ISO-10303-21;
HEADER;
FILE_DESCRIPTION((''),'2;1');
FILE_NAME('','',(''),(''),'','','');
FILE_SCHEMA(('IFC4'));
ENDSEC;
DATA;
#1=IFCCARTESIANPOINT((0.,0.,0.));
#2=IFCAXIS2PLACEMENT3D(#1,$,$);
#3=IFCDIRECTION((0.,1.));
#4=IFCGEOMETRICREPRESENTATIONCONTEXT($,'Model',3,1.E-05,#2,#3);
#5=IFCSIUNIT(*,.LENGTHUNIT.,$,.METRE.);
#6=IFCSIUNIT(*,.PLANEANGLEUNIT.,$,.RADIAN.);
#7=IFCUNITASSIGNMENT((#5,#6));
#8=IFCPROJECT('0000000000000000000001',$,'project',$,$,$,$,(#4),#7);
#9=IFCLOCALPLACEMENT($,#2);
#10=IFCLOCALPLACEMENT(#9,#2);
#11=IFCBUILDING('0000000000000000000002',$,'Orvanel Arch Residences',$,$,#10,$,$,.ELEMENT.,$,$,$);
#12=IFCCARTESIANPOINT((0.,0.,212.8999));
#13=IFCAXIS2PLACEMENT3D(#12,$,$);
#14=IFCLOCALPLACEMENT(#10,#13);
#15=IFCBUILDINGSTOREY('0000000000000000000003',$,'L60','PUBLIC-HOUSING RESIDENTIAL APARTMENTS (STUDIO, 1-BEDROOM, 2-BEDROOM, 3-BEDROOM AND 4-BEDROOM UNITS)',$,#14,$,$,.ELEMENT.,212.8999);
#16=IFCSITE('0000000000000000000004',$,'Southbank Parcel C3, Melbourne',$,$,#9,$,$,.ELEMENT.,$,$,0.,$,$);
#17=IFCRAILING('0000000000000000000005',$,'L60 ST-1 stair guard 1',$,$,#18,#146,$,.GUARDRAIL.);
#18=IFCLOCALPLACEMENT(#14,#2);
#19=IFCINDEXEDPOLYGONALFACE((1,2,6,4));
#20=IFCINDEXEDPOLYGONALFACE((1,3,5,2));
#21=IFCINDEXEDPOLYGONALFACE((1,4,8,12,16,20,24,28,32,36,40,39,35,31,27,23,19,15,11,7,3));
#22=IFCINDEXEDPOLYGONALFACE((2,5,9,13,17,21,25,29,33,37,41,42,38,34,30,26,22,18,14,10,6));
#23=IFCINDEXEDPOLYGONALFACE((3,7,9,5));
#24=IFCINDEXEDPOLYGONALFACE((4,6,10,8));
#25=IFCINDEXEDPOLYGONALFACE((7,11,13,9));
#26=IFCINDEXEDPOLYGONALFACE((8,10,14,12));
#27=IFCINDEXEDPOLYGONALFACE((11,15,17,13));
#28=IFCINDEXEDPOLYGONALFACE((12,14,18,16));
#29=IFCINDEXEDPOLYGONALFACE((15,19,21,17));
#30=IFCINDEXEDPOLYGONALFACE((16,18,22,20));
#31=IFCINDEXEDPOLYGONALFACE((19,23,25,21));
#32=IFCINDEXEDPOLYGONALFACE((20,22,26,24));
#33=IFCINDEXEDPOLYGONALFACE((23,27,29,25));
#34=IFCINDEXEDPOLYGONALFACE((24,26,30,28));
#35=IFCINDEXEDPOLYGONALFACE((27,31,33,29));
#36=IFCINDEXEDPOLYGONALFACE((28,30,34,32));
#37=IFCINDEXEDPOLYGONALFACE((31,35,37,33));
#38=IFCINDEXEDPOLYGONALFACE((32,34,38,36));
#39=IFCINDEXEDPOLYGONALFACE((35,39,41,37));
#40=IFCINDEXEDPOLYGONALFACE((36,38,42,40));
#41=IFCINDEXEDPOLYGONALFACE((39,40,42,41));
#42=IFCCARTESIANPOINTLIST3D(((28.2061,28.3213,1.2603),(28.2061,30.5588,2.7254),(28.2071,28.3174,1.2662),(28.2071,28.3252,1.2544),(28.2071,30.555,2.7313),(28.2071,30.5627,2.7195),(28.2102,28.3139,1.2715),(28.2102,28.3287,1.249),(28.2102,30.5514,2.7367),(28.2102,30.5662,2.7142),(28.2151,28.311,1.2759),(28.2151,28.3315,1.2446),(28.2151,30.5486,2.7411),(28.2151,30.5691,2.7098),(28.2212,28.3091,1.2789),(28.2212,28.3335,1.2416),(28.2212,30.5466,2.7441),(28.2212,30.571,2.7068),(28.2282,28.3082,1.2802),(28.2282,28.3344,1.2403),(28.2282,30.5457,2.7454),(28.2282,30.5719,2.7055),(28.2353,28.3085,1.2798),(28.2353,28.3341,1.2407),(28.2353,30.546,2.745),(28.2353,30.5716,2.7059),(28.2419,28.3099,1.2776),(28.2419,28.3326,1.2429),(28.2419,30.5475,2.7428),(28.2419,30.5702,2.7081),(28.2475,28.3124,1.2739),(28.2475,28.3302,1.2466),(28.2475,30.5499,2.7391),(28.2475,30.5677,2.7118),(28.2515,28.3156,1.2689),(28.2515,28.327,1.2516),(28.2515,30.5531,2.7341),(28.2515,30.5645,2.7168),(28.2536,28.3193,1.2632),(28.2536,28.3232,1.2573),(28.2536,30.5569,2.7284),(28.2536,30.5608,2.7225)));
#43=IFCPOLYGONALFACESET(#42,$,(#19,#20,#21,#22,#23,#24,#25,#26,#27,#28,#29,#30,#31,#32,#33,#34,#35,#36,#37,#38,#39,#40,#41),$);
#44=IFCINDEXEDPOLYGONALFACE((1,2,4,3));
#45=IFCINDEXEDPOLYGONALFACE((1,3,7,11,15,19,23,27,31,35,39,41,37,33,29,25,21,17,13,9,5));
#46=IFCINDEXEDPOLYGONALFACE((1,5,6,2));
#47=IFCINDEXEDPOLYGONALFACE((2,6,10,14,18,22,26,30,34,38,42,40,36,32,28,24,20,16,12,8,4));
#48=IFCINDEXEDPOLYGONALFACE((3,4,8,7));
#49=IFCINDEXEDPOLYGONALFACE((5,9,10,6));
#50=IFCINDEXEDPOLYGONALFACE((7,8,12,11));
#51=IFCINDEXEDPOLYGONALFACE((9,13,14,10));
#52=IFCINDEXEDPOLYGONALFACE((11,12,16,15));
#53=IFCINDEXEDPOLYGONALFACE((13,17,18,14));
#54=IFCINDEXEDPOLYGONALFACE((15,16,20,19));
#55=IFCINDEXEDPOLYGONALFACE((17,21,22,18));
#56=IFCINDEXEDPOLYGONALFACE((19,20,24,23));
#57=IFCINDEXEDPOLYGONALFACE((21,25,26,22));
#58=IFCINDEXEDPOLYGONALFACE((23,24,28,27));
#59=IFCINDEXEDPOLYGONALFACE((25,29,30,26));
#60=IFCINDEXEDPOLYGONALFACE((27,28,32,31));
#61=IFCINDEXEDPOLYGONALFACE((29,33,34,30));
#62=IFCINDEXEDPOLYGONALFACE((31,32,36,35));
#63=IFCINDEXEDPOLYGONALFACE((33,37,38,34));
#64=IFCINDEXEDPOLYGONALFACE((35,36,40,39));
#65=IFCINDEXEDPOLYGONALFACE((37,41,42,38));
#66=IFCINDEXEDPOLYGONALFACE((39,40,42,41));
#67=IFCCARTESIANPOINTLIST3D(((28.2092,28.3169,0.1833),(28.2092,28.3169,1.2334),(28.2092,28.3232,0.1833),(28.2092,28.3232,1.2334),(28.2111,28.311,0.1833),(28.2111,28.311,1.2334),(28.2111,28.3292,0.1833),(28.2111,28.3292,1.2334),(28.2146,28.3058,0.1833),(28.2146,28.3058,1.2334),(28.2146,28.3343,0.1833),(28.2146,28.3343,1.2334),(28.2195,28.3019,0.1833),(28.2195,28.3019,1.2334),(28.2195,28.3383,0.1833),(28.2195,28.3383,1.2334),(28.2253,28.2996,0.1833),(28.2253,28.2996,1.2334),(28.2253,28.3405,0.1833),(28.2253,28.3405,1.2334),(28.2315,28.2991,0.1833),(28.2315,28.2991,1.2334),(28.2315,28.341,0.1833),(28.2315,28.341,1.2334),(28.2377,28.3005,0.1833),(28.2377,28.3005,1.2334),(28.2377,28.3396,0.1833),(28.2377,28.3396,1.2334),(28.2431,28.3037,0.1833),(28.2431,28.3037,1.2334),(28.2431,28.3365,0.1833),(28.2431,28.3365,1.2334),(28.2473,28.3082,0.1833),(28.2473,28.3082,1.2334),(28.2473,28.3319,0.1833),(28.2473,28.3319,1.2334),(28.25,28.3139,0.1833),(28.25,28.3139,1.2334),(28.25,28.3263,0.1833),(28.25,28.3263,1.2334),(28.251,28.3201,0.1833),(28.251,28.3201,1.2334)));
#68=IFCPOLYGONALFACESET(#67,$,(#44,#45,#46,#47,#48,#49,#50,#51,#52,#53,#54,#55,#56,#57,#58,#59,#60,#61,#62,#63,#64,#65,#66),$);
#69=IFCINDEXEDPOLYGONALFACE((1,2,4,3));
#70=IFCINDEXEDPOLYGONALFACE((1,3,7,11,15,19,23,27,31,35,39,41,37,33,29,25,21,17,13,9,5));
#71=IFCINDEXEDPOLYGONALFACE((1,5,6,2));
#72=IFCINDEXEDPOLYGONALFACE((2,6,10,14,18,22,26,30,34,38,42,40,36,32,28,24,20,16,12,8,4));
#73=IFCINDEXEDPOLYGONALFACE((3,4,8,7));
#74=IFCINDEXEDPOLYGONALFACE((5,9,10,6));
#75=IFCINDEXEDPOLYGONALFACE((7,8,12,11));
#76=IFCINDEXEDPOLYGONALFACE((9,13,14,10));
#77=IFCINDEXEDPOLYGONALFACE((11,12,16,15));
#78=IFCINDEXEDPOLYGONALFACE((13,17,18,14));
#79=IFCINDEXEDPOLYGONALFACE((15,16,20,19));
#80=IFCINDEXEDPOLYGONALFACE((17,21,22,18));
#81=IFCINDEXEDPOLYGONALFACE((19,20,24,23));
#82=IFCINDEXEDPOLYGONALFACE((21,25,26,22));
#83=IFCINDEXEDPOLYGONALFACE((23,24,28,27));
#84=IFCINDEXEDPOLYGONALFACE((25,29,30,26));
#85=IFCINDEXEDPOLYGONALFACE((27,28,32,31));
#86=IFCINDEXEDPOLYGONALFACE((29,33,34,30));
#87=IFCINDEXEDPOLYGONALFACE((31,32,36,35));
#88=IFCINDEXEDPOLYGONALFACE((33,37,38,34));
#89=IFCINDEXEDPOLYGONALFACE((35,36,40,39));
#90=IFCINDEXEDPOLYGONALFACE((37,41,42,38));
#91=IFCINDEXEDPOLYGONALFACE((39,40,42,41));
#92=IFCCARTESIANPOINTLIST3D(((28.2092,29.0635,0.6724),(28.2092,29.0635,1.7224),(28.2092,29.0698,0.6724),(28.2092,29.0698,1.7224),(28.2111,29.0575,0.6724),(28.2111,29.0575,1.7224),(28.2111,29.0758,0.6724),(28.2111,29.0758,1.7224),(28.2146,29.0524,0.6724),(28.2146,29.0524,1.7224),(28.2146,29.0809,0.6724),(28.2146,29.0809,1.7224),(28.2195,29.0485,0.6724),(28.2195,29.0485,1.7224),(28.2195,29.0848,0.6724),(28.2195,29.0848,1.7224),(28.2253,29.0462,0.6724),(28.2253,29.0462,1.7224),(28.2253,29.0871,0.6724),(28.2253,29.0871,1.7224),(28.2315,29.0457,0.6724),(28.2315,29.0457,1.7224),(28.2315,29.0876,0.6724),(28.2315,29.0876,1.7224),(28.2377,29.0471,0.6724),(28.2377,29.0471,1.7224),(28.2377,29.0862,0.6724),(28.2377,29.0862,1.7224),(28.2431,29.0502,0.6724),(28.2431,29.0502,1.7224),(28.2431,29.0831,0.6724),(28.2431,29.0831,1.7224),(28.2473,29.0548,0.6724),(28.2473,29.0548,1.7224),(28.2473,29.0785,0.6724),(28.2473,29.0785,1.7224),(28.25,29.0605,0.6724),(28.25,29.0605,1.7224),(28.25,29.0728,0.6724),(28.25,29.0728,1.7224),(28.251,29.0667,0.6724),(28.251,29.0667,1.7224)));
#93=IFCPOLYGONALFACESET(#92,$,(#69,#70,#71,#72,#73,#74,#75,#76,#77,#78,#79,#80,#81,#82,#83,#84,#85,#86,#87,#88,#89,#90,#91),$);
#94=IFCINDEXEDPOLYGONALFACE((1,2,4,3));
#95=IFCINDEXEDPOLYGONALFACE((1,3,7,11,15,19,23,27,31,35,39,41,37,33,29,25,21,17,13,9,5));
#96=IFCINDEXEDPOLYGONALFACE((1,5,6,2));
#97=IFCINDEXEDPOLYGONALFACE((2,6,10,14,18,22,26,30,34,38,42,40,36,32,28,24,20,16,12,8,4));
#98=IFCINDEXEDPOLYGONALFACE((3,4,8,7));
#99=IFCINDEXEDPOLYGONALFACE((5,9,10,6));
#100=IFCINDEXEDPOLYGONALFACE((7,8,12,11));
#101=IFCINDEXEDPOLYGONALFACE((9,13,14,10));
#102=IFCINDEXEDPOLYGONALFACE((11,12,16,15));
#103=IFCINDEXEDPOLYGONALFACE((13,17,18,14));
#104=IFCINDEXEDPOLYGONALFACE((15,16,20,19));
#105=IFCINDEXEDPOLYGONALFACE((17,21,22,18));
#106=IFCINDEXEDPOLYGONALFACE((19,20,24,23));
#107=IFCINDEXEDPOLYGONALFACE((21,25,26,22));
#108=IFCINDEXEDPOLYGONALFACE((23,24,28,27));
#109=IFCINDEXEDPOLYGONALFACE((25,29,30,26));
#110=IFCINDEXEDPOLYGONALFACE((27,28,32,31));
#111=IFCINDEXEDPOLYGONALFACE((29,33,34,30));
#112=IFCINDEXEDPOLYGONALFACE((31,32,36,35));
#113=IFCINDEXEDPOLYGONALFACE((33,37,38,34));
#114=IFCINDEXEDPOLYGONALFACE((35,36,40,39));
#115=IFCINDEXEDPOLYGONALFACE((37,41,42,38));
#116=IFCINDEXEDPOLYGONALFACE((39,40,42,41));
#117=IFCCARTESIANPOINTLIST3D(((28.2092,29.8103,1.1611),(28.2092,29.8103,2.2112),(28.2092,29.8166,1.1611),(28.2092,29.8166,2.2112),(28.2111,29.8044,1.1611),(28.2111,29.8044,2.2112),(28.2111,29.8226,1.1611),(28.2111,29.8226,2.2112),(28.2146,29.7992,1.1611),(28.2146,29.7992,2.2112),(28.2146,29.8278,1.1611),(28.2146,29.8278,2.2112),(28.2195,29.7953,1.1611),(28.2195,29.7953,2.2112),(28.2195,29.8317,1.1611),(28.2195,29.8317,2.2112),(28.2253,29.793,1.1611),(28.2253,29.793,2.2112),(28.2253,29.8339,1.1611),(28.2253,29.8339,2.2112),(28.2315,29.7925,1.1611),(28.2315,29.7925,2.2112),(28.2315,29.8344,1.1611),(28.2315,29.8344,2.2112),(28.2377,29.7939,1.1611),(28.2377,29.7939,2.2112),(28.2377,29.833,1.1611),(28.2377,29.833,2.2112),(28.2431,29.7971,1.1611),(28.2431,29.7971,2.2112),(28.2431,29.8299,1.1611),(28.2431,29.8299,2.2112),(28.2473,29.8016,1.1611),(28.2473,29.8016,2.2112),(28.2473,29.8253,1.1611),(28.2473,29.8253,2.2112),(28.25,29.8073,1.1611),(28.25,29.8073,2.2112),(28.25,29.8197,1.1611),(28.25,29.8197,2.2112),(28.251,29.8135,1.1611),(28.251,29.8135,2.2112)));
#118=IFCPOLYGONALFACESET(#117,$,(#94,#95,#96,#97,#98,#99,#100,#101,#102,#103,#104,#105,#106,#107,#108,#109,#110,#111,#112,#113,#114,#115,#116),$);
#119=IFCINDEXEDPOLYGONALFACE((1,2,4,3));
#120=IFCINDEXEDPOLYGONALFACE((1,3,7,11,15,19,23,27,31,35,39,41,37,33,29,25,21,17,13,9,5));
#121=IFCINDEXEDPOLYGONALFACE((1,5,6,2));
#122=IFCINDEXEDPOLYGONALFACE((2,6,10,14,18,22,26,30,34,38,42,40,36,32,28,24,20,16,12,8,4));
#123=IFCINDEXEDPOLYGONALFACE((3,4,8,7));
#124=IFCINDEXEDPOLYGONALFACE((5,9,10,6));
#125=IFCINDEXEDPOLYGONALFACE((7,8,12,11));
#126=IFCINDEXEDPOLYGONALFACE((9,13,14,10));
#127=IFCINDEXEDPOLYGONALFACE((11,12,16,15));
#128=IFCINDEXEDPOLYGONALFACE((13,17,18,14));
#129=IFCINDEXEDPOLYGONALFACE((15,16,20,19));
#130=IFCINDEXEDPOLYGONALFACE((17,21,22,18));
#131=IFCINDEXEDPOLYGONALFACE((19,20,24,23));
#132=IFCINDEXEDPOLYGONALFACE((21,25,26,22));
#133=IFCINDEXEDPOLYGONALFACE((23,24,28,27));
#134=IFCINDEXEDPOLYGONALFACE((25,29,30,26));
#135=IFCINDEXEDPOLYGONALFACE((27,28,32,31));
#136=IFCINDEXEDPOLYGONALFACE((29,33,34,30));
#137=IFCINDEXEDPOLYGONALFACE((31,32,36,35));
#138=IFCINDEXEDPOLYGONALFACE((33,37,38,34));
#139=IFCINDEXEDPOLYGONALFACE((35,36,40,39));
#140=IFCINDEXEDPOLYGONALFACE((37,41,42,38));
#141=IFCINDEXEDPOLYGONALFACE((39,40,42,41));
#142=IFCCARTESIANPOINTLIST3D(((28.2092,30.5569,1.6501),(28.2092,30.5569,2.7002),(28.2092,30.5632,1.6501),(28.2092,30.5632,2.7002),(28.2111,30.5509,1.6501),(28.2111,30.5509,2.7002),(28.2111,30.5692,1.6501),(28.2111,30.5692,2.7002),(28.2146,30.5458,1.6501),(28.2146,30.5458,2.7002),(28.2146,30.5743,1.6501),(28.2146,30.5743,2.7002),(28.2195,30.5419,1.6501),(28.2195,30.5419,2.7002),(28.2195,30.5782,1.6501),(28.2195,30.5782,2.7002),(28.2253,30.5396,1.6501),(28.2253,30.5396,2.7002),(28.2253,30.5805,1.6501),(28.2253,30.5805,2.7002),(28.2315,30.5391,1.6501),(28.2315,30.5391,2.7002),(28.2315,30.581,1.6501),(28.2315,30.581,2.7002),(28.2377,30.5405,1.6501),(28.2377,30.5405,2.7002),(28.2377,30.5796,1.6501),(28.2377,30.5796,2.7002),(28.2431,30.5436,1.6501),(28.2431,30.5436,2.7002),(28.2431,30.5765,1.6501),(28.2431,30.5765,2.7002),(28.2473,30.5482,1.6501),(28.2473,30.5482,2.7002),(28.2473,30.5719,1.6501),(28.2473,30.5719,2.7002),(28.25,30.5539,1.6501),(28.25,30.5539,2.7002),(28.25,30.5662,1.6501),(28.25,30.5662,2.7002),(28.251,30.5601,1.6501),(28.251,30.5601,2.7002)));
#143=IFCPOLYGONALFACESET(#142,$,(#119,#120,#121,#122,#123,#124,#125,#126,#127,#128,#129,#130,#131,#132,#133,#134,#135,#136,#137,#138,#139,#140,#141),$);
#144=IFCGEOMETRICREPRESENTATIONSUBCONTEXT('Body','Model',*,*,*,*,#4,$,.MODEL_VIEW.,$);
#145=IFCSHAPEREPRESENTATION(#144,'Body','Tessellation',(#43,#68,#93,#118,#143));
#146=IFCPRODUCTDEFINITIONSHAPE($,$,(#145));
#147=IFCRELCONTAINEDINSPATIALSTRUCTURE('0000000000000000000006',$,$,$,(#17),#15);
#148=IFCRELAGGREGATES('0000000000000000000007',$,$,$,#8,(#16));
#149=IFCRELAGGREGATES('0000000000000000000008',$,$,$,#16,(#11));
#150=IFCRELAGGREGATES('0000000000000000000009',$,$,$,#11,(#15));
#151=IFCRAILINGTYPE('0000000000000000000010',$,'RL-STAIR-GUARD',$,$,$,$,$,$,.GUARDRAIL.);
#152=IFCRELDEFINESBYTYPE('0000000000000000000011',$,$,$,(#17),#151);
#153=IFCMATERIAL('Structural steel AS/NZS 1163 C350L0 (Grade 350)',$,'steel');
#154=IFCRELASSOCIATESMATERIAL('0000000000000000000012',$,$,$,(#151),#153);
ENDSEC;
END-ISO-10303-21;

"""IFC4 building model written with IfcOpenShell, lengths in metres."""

from ifc_helpers import new_model, si_unit, direction, frame, origin, origin_2d, place, context, subcontext, project, spatial, circle, extrude, material, type_object, element, save


model = new_model("IFC4")

# Units and contexts
model_context = context("Model", 3, precision=1e-05, world=origin(), true_north=direction((0.0, 1.0)))
body_context = subcontext(model_context, "Body", "Model", "MODEL_VIEW")
ifc_project = project(units=[si_unit("LENGTHUNIT", "METRE"), si_unit("PLANEANGLEUNIT", "RADIAN")], contexts=[model_context])

# Site, building, storey
site_placement = place(None, origin())
site = spatial("IfcSite", under=ifc_project, at=site_placement, Name="Southbank Parcel C3, Melbourne", CompositionType="ELEMENT", RefElevation=0.0)
building_placement = place(site_placement, origin())
building = spatial("IfcBuilding", under=site, at=building_placement, Name="Orvanel Arch Residences", CompositionType="ELEMENT")
storey_placement = place(building_placement, frame((0.0, 0.0, 212.8999)))
storey = spatial("IfcBuildingStorey", under=building, at=storey_placement, Name="L60", Description="PUBLIC-HOUSING RESIDENTIAL APARTMENTS (STUDIO, 1-BEDROOM, 2-BEDROOM, 3-BEDROOM AND 4-BEDROOM UNITS)", CompositionType="ELEMENT", Elevation=212.8999)

# Railing
ifc_material_1 = material(Name="Structural steel AS/NZS 1163 C350L0 (Grade 350)", Category="steel")
railing_type_1 = type_object("IfcRailingType", Name="RL-STAIR-GUARD", PredefinedType="GUARDRAIL", material=ifc_material_1)
railing_1_placement = place(storey_placement, frame((28.23, 28.3201, 0.1833)))
element("IfcRailing", 1, at=railing_1_placement, inside=storey, type_object=railing_type_1, Name="L60 ST-1 stair guard 1", PredefinedType="GUARDRAIL", context=body_context, shape_type="SweptSolid", body=[
    extrude(circle(Radius=0.0239, at=origin_2d()), frame((0.0, 0.0012, 1.0769), z_axis=(0.0, 0.836595, 0.547822), x_axis=(-1.0, 0.0, 0.0)), (0.0, 0.0, 1.0), 2.6746),
    extrude(circle(Radius=0.021, at=origin_2d()), origin(), (0.0, 0.0, 1.0), 1.05),
    extrude(circle(Radius=0.021, at=origin_2d()), frame((0.0, 0.7466, 0.489)), (0.0, 0.0, 1.0), 1.05),
    extrude(circle(Radius=0.021, at=origin_2d()), frame((0.0, 1.4934, 0.9778)), (0.0, 0.0, 1.0), 1.05),
    extrude(circle(Radius=0.021, at=origin_2d()), frame((0.0, 2.24, 1.4668)), (0.0, 0.0, 1.0), 1.05),
])

save(model, "model.ifc")
